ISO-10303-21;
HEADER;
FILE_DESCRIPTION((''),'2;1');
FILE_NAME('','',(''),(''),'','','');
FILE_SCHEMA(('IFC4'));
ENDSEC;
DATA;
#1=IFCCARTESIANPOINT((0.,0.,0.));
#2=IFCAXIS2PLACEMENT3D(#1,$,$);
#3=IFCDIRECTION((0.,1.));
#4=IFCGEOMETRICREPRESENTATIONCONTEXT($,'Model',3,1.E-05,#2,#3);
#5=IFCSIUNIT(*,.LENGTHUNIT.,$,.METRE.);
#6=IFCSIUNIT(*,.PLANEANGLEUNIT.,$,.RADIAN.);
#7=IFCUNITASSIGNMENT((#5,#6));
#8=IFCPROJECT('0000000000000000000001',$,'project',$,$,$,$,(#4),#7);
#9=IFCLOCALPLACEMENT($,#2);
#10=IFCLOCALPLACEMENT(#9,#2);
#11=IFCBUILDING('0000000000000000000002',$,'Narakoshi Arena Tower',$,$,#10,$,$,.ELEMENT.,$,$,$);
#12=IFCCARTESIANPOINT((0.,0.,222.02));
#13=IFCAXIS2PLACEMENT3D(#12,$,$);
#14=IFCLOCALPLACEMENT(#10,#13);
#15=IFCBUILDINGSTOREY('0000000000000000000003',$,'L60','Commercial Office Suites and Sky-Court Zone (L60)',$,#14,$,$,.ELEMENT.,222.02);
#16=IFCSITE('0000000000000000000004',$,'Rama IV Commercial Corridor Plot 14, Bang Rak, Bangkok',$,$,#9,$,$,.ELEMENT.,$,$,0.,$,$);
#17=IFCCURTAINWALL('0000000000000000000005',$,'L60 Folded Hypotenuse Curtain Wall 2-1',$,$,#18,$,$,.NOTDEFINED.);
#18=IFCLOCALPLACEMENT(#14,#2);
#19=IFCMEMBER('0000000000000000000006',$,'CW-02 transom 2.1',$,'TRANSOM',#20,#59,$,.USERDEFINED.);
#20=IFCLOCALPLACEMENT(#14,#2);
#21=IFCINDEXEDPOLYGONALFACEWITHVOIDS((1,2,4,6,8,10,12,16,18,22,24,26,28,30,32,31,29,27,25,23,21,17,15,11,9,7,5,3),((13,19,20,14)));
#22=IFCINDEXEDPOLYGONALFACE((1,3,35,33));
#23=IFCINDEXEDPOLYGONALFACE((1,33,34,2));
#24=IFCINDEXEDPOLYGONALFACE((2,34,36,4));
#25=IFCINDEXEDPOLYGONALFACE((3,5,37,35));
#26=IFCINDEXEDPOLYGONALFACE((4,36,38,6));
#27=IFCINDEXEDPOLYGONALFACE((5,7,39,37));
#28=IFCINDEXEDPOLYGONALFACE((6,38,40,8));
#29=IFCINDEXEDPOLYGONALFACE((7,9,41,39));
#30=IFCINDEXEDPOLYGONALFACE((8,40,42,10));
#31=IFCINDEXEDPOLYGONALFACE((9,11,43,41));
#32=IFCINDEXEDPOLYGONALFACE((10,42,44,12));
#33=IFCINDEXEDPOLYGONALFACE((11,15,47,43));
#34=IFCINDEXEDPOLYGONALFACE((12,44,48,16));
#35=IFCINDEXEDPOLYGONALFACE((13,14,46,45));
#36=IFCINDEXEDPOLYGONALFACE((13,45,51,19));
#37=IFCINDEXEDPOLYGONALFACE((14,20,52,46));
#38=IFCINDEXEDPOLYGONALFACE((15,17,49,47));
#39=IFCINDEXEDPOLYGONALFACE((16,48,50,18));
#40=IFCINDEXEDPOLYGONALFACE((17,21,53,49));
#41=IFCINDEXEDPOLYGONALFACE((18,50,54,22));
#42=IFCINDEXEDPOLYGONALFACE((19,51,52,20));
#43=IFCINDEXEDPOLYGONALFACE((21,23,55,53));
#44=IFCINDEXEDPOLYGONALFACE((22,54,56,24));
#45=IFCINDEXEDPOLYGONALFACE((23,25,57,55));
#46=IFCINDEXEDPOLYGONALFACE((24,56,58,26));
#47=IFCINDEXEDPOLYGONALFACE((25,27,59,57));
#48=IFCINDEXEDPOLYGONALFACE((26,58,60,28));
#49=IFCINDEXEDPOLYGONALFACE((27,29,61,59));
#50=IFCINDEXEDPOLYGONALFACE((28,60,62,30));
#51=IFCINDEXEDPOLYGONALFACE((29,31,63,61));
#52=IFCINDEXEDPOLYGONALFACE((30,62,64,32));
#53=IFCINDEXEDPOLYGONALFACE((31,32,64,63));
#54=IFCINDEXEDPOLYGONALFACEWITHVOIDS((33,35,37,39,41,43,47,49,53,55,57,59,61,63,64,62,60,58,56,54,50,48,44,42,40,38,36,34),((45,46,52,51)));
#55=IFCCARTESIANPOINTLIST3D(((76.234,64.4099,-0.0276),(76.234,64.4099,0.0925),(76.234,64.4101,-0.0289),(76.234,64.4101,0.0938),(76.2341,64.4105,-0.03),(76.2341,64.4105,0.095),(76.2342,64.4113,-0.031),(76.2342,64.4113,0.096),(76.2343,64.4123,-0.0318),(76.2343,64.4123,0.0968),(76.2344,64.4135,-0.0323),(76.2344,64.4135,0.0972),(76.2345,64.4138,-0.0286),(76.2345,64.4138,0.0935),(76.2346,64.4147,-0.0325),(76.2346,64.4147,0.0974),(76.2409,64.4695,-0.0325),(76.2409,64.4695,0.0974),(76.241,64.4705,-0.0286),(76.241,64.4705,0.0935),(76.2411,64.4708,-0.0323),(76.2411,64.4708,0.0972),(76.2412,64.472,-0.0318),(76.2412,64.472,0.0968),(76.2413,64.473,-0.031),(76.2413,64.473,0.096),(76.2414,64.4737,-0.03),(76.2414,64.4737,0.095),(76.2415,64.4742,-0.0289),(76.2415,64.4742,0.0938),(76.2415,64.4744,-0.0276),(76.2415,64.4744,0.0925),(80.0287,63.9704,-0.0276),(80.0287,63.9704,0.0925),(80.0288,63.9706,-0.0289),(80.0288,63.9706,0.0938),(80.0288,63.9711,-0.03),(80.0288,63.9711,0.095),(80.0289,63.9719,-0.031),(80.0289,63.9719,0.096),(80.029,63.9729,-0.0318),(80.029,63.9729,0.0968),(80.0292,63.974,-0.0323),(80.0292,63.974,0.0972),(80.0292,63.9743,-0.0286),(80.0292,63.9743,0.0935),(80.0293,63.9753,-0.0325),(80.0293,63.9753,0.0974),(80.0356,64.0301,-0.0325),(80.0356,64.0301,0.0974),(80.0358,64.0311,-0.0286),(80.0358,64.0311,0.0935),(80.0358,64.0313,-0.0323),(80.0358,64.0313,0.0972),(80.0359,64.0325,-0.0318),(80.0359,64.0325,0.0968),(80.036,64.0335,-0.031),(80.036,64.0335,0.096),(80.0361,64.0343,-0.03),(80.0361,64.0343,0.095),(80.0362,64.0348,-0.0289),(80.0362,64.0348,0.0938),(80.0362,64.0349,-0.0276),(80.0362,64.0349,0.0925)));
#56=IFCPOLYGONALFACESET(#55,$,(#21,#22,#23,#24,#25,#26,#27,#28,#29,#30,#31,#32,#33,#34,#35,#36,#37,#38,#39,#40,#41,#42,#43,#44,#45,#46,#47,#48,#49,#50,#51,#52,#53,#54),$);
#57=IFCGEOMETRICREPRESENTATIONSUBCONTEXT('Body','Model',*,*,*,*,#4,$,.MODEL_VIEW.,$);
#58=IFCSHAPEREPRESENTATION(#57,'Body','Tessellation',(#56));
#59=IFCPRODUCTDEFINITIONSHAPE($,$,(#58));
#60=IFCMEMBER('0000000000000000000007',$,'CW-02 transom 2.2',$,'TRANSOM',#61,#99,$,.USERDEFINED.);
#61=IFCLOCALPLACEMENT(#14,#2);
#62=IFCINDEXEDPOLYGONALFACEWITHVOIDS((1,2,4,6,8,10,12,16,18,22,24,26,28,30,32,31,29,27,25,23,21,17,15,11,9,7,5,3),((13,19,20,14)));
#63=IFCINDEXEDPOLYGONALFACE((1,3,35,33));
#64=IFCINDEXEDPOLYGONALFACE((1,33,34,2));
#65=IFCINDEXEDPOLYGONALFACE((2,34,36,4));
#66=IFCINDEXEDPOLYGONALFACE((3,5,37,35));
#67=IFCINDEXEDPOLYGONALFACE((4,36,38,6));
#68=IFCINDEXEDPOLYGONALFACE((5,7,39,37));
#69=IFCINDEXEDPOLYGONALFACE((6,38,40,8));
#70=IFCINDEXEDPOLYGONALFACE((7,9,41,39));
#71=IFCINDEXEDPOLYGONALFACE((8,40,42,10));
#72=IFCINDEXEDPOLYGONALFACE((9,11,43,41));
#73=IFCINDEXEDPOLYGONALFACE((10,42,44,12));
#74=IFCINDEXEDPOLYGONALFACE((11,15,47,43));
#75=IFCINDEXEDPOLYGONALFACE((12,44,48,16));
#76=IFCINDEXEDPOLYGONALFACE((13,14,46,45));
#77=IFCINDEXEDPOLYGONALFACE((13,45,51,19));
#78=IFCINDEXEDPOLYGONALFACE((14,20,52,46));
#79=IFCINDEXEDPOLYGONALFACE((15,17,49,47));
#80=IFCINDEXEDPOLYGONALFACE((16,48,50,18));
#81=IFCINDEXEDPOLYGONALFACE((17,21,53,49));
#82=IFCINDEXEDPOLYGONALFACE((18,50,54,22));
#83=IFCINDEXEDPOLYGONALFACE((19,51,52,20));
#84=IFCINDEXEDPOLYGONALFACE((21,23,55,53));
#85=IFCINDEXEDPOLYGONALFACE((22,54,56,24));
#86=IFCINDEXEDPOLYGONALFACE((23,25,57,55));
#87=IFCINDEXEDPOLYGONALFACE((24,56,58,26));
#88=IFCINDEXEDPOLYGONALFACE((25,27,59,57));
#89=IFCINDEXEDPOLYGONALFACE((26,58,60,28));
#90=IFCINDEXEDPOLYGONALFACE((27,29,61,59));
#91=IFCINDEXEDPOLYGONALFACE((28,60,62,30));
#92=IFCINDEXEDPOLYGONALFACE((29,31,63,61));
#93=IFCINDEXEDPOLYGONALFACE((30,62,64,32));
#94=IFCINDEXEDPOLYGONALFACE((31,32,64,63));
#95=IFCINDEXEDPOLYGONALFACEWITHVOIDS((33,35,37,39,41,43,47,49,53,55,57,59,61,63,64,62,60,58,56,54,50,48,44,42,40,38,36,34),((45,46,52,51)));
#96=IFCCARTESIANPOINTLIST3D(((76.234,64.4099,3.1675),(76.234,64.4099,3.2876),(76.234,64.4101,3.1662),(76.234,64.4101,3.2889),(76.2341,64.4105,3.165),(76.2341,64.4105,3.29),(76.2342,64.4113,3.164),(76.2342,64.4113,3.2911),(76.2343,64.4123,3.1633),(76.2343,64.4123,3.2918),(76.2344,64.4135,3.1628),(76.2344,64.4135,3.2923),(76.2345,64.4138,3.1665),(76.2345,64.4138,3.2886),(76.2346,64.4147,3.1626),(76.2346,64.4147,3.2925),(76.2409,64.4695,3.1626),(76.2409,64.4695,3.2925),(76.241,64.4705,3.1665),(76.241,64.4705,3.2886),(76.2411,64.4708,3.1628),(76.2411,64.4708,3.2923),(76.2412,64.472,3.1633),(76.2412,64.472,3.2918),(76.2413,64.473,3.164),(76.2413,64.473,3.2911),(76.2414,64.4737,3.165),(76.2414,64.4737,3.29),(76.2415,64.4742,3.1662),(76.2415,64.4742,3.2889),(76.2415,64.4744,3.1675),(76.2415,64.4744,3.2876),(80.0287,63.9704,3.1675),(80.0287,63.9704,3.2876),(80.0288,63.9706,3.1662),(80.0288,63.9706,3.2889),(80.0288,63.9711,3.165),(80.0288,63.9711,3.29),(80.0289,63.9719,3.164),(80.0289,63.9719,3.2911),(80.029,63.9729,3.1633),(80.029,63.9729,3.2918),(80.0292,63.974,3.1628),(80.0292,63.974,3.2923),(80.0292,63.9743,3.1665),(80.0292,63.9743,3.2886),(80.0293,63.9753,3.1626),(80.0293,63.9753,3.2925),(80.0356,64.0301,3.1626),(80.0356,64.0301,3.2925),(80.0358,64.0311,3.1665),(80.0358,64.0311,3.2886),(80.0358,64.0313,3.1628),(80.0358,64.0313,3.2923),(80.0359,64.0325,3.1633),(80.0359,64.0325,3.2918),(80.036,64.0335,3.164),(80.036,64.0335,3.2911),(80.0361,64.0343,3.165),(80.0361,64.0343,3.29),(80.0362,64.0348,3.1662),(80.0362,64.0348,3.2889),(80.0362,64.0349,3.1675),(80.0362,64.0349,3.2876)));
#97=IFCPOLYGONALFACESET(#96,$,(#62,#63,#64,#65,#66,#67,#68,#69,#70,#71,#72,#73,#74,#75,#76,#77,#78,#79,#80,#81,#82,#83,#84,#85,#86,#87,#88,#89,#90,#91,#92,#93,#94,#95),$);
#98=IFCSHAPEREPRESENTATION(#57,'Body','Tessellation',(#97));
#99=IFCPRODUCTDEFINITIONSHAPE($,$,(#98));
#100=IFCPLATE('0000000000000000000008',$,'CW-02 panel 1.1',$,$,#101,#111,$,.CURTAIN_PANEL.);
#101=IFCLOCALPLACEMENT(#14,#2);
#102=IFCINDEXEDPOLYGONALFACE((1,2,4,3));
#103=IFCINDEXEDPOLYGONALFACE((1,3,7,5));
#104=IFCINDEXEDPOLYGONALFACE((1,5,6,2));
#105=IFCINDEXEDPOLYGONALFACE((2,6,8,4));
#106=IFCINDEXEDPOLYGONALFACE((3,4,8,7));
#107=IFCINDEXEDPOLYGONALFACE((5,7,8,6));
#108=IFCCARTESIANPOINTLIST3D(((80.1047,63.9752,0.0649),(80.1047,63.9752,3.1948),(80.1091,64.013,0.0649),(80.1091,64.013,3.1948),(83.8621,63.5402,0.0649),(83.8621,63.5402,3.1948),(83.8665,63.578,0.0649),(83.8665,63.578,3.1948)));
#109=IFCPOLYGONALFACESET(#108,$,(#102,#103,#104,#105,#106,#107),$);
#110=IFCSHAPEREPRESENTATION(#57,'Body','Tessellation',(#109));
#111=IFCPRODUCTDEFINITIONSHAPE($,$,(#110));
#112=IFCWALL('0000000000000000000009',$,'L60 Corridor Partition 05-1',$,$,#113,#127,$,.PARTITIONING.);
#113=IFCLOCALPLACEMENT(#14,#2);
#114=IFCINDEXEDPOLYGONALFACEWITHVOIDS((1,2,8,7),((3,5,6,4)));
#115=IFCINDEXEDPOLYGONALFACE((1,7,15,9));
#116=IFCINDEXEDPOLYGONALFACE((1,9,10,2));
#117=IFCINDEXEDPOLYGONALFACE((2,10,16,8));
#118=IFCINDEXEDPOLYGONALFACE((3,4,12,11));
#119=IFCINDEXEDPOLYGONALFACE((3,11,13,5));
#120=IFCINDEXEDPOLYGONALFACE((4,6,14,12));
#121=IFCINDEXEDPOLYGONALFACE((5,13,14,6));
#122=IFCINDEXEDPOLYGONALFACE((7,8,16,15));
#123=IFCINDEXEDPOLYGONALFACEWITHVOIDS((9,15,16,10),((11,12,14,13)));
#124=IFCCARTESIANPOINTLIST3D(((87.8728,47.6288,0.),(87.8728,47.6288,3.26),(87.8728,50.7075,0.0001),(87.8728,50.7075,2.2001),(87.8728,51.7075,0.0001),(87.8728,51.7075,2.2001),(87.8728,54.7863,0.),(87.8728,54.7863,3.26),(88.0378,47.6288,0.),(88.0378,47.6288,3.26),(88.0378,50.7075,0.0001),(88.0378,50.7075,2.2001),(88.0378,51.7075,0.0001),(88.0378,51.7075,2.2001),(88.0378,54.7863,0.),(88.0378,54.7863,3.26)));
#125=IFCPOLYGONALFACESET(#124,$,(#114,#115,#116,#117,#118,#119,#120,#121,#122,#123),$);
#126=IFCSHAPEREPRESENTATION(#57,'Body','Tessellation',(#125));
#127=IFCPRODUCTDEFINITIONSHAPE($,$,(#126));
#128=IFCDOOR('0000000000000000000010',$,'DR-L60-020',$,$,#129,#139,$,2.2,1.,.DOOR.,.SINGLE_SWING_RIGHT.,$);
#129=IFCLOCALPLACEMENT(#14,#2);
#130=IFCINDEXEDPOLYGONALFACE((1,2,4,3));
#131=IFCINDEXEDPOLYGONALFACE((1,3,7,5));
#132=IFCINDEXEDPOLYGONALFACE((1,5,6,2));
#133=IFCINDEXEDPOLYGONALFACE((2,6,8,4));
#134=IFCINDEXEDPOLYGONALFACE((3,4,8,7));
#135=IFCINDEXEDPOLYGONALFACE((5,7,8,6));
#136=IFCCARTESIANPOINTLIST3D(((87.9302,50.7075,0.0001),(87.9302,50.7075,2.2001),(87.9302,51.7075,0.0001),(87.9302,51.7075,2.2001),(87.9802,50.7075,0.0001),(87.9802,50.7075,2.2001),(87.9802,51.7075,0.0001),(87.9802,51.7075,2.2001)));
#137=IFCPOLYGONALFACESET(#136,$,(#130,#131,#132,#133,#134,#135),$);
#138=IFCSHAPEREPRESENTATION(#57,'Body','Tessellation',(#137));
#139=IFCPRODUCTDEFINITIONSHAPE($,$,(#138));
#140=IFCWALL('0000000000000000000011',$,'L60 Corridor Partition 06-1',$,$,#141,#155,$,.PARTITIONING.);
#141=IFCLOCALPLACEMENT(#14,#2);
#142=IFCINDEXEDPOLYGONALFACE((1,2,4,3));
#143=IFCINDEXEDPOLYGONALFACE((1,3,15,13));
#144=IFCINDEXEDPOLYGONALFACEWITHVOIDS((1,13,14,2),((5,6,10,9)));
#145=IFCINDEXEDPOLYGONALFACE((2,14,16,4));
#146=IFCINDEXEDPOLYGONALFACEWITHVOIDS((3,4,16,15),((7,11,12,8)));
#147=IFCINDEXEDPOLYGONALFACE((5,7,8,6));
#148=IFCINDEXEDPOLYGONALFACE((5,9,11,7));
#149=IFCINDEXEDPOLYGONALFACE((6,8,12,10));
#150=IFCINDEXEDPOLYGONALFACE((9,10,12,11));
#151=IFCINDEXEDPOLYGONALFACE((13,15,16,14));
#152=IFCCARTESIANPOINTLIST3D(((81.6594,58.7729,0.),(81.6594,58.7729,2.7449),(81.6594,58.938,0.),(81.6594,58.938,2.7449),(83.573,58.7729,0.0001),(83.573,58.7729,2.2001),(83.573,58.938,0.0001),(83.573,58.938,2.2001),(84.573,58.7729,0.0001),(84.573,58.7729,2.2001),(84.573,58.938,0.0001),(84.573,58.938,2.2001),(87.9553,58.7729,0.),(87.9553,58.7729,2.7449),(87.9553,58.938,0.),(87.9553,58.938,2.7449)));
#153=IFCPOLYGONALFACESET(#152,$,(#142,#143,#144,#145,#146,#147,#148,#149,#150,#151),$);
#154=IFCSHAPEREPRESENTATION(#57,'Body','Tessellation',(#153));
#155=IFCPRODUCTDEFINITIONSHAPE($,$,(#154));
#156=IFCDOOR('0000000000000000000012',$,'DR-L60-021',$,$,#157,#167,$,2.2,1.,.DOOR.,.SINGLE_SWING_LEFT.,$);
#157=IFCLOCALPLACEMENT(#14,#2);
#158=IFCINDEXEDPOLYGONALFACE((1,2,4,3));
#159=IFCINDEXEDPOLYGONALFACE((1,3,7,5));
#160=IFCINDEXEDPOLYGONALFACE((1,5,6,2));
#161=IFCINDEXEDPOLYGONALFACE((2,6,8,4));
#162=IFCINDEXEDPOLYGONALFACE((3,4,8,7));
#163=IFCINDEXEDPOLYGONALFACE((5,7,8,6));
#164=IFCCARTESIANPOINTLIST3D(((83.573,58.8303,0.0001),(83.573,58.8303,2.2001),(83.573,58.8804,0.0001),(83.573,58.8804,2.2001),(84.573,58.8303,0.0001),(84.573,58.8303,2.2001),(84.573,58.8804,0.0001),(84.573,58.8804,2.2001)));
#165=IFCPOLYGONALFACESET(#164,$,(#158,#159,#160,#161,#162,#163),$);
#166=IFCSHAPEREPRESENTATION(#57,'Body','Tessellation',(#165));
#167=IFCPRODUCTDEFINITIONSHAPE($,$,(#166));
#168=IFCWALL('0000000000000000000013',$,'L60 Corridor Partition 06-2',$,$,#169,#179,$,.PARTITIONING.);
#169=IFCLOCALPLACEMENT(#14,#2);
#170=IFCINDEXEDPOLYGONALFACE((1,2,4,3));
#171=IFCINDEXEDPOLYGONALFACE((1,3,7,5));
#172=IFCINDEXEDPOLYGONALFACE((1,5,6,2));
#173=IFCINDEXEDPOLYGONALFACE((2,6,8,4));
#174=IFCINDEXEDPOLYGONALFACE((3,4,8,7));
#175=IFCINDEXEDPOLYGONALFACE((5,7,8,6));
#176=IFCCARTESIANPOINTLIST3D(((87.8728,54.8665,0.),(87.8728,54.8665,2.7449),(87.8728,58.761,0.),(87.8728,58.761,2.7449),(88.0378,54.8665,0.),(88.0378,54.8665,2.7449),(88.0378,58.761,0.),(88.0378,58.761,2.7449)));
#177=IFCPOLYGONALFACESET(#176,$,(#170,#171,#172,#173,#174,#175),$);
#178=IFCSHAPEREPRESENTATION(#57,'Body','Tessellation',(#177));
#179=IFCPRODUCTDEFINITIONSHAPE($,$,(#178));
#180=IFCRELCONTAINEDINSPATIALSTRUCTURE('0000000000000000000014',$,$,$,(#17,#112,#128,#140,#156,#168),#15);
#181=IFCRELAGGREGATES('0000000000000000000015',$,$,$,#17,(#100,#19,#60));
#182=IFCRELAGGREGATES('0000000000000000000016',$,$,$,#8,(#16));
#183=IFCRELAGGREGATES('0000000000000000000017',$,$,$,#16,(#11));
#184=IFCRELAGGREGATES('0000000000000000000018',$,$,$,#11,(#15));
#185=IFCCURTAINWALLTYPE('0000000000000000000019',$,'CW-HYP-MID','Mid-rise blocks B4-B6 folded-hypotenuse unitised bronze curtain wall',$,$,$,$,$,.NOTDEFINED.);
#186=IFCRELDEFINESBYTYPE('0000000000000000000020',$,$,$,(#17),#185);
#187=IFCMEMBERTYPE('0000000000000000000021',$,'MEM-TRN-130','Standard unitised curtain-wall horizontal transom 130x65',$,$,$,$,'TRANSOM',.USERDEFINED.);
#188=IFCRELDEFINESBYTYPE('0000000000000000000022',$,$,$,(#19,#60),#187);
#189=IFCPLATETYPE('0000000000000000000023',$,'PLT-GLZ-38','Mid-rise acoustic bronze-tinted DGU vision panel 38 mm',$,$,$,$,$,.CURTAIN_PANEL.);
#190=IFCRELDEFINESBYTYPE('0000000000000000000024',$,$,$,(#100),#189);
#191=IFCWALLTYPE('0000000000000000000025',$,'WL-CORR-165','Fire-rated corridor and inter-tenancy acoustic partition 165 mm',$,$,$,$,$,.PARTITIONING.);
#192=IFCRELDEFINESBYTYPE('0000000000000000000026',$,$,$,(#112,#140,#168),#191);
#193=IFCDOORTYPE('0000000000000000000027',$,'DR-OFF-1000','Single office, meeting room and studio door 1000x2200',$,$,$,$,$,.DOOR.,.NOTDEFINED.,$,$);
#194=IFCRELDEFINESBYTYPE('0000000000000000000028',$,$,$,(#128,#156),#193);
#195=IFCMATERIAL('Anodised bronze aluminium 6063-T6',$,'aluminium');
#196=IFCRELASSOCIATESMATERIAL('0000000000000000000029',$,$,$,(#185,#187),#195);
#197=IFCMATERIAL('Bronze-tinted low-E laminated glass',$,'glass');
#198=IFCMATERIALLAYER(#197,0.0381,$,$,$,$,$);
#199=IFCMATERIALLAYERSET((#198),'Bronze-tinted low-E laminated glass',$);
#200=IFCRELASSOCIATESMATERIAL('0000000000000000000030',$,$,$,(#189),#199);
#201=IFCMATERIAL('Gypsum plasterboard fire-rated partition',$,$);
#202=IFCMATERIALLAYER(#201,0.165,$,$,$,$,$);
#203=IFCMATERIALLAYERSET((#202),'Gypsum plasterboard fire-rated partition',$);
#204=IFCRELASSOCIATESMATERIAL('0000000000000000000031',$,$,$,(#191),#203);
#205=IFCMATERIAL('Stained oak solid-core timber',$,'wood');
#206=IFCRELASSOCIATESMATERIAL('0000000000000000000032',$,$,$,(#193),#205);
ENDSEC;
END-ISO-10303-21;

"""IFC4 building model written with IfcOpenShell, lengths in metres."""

from ifc_helpers import new_model, si_unit, direction, frame, frame_2d, origin, origin_2d, place, context, subcontext, project, spatial, rectangle, hollow_rectangle, extrude, material, layer, layer_set, material_profile, profile_set, type_object, element, fill, aggregate, save


model = new_model("IFC4")

# Units and contexts
model_context = context("Model", 3, precision=1e-05, world=origin(), true_north=direction((0.0, 1.0)))
body_context = subcontext(model_context, "Body", "Model", "MODEL_VIEW")
ifc_project = project(units=[si_unit("LENGTHUNIT", "METRE"), si_unit("PLANEANGLEUNIT", "RADIAN")], contexts=[model_context])

# Site, building, storey
site_placement = place(None, origin())
site = spatial("IfcSite", under=ifc_project, at=site_placement, Name="Rama IV Commercial Corridor Plot 14, Bang Rak, Bangkok", CompositionType="ELEMENT", RefElevation=0.0)
building_placement = place(site_placement, origin())
building = spatial("IfcBuilding", under=site, at=building_placement, Name="Narakoshi Arena Tower", CompositionType="ELEMENT")
storey_placement = place(building_placement, frame((0.0, 0.0, 222.02)))
storey = spatial("IfcBuildingStorey", under=building, at=storey_placement, Name="L60", Description="Commercial Office Suites and Sky-Court Zone (L60)", CompositionType="ELEMENT", Elevation=222.02)

# Curtain wall, members, plate
ifc_material_1 = material(Name="Anodised bronze aluminium 6063-T6", Category="aluminium")
curtain_wall_type = type_object("IfcCurtainWallType", Name="CW-HYP-MID", Description="Mid-rise blocks B4-B6 folded-hypotenuse unitised bronze curtain wall", PredefinedType="NOTDEFINED", material=ifc_material_1)
curtain_wall_placement = place(storey_placement, origin())
curtain_wall = element("IfcCurtainWall", 1, at=curtain_wall_placement, inside=storey, type_object=curtain_wall_type, Name="L60 Folded Hypotenuse Curtain Wall 2-1", PredefinedType="NOTDEFINED")
ifc_material_profile_1 = material_profile(ifc_material_1, hollow_rectangle(XDim=0.0649, YDim=0.1299, WallThickness=0.0039, OuterFilletRadius=0.0049, at=origin_2d()), Name="TRN130x65x4")
ifc_profile_set_1 = profile_set([ifc_material_profile_1], Name="Anodised bronze aluminium 6063-T6")
member_type_1 = type_object("IfcMemberType", Name="MEM-TRN-130", Description="Standard unitised curtain-wall horizontal transom 130x65", ElementType="TRANSOM", PredefinedType="USERDEFINED", material=ifc_profile_set_1)
member_1_placement = place(storey_placement, frame((80.0325, 64.0027, 0.0325), z_axis=(-0.993361, 0.115039, 0.0), x_axis=(-0.115039, -0.993361, 0.0)))
member_1 = element("IfcMember", 2, at=member_1_placement, type_object=member_type_1, Name="CW-02 transom 2.1", ObjectType="TRANSOM", PredefinedType="USERDEFINED", context=body_context, shape_type="SweptSolid", body=[
    extrude(hollow_rectangle(XDim=0.0649, YDim=0.1299, WallThickness=0.0039, OuterFilletRadius=0.0049, at=origin_2d()), origin(), (0.0, 0.0, 1.0), 3.8201),
])
member_2_placement = place(storey_placement, frame((80.0325, 64.0027, 3.2275), z_axis=(-0.993361, 0.115039, 0.0), x_axis=(-0.115039, -0.993361, 0.0)))
member_2 = element("IfcMember", 3, at=member_2_placement, type_object=member_type_1, Name="CW-02 transom 2.2", ObjectType="TRANSOM", PredefinedType="USERDEFINED", context=body_context, shape_type="SweptSolid", body=[
    extrude(hollow_rectangle(XDim=0.0649, YDim=0.1299, WallThickness=0.0039, OuterFilletRadius=0.0049, at=origin_2d()), origin(), (0.0, 0.0, 1.0), 3.8201),
])
ifc_material_2 = material(Name="Bronze-tinted low-E laminated glass", Category="glass")
ifc_layer_1 = layer(ifc_material_2, 0.0381)
ifc_layer_set_1 = layer_set([ifc_layer_1], Name="Bronze-tinted low-E laminated glass")
plate_type = type_object("IfcPlateType", Name="PLT-GLZ-38", Description="Mid-rise acoustic bronze-tinted DGU vision panel 38 mm", PredefinedType="CURTAIN_PANEL", material=ifc_layer_set_1)
plate_placement = place(storey_placement, frame((81.9856, 63.7766, 0.0649), z_axis=(0.0, 0.0, 1.0), x_axis=(-0.993364, 0.115011, 0.0)))
plate = element("IfcPlate", 4, at=plate_placement, type_object=plate_type, Name="CW-02 panel 1.1", PredefinedType="CURTAIN_PANEL", context=body_context, shape_type="SweptSolid", body=[
    extrude(rectangle(XDim=3.7825, YDim=0.0381, at=origin_2d()), origin(), (0.0, 0.0, 1.0), 3.1299),
])
aggregate(curtain_wall, [plate, member_1, member_2])

# Walls, openings, doors
ifc_material_3 = material(Name="Gypsum plasterboard fire-rated partition")
ifc_layer_2 = layer(ifc_material_3, 0.165)
ifc_layer_set_2 = layer_set([ifc_layer_2], Name="Gypsum plasterboard fire-rated partition")
wall_type_1 = type_object("IfcWallType", Name="WL-CORR-165", Description="Fire-rated corridor and inter-tenancy acoustic partition 165 mm", PredefinedType="PARTITIONING", material=ifc_layer_set_2)
wall_1_placement = place(storey_placement, frame((87.9553, 47.6289, 0.0), z_axis=(0.0, 0.0, 1.0), x_axis=(0.0, 1.0, 0.0)))
wall_1 = element("IfcWall", 5, at=wall_1_placement, inside=storey, type_object=wall_type_1, Name="L60 Corridor Partition 05-1", PredefinedType="PARTITIONING", context=body_context, shape_type="SweptSolid", body=[
    extrude(rectangle(XDim=7.1575, YDim=0.165, at=frame_2d((3.5786, 0.0))), origin(), (0.0, 0.0, 1.0), 3.26),
])
opening_1_placement = place(wall_1_placement, frame((3.0786, 0.0, 0.0)))
opening_1 = element("IfcOpeningElement", 6, at=opening_1_placement, cuts=wall_1, PredefinedType="OPENING", context=body_context, shape_type="SweptSolid", body=[
    extrude(rectangle(XDim=1.0, YDim=2.2, at=frame_2d((0.5, 1.1001))), frame((0.0, 0.0925, 0.0), z_axis=(0.0, -1.0, 0.0), x_axis=(1.0, 0.0, 0.0)), (0.0, 0.0, 1.0), 0.1851),
])
ifc_material_4 = material(Name="Stained oak solid-core timber", Category="wood")
door_type_1 = type_object("IfcDoorType", Name="DR-OFF-1000", Description="Single office, meeting room and studio door 1000x2200", OperationType="NOTDEFINED", PredefinedType="DOOR", material=ifc_material_4)
door_1_placement = place(opening_1_placement, frame((1.0, 0.0, 0.0), z_axis=(0.0, 0.0, 1.0), x_axis=(-1.0, 0.0, 0.0)))
door_1 = element("IfcDoor", 7, at=door_1_placement, inside=storey, type_object=door_type_1, Name="DR-L60-020", OperationType="SINGLE_SWING_RIGHT", OverallHeight=2.2, OverallWidth=1.0, PredefinedType="DOOR", context=body_context, shape_type="SweptSolid", body=[
    extrude(rectangle(XDim=1.0, YDim=2.2, at=frame_2d((0.5, 1.1001))), frame((0.0, 0.0249, 0.0), z_axis=(0.0, -1.0, 0.0), x_axis=(1.0, 0.0, 0.0)), (0.0, 0.0, 1.0), 0.05),
])
fill(opening_1, door_1)
wall_2_placement = place(storey_placement, frame((87.9553, 58.8555, 0.0), z_axis=(0.0, 0.0, 1.0), x_axis=(-1.0, 0.0, 0.0)))
wall_2 = element("IfcWall", 8, at=wall_2_placement, inside=storey, type_object=wall_type_1, Name="L60 Corridor Partition 06-1", PredefinedType="PARTITIONING", context=body_context, shape_type="SweptSolid", body=[
    extrude(rectangle(XDim=6.2959, YDim=0.165, at=frame_2d((3.1479, 0.0))), origin(), (0.0, 0.0, 1.0), 2.7449),
])
opening_2_placement = place(wall_2_placement, frame((3.3823, 0.0, 0.0)))
opening_2 = element("IfcOpeningElement", 9, at=opening_2_placement, cuts=wall_2, PredefinedType="OPENING", context=body_context, shape_type="SweptSolid", body=[
    extrude(rectangle(XDim=1.0, YDim=2.2, at=frame_2d((0.5, 1.1001))), frame((0.0, 0.0925, 0.0), z_axis=(0.0, -1.0, 0.0), x_axis=(1.0, 0.0, 0.0)), (0.0, 0.0, 1.0), 0.1851),
])
door_2_placement = place(opening_2_placement, frame((1.0, 0.0, 0.0), z_axis=(0.0, 0.0, 1.0), x_axis=(-1.0, 0.0, 0.0)))
door_2 = element("IfcDoor", 10, at=door_2_placement, inside=storey, type_object=door_type_1, Name="DR-L60-021", OperationType="SINGLE_SWING_LEFT", OverallHeight=2.2, OverallWidth=1.0, PredefinedType="DOOR", context=body_context, shape_type="SweptSolid", body=[
    extrude(rectangle(XDim=1.0, YDim=2.2, at=frame_2d((0.5, 1.1001))), frame((0.0, 0.0249, 0.0), z_axis=(0.0, -1.0, 0.0), x_axis=(1.0, 0.0, 0.0)), (0.0, 0.0, 1.0), 0.05),
])
fill(opening_2, door_2)

# Wall
wall_3_placement = place(storey_placement, frame((87.9553, 54.8665, 0.0), z_axis=(0.0, 0.0, 1.0), x_axis=(0.0, 1.0, 0.0)))
element("IfcWall", 11, at=wall_3_placement, inside=storey, type_object=wall_type_1, Name="L60 Corridor Partition 06-2", PredefinedType="PARTITIONING", context=body_context, shape_type="SweptSolid", body=[
    extrude(rectangle(XDim=3.8945, YDim=0.165, at=frame_2d((1.9473, 0.0))), origin(), (0.0, 0.0, 1.0), 2.7449),
])

save(model, "model.ifc")
